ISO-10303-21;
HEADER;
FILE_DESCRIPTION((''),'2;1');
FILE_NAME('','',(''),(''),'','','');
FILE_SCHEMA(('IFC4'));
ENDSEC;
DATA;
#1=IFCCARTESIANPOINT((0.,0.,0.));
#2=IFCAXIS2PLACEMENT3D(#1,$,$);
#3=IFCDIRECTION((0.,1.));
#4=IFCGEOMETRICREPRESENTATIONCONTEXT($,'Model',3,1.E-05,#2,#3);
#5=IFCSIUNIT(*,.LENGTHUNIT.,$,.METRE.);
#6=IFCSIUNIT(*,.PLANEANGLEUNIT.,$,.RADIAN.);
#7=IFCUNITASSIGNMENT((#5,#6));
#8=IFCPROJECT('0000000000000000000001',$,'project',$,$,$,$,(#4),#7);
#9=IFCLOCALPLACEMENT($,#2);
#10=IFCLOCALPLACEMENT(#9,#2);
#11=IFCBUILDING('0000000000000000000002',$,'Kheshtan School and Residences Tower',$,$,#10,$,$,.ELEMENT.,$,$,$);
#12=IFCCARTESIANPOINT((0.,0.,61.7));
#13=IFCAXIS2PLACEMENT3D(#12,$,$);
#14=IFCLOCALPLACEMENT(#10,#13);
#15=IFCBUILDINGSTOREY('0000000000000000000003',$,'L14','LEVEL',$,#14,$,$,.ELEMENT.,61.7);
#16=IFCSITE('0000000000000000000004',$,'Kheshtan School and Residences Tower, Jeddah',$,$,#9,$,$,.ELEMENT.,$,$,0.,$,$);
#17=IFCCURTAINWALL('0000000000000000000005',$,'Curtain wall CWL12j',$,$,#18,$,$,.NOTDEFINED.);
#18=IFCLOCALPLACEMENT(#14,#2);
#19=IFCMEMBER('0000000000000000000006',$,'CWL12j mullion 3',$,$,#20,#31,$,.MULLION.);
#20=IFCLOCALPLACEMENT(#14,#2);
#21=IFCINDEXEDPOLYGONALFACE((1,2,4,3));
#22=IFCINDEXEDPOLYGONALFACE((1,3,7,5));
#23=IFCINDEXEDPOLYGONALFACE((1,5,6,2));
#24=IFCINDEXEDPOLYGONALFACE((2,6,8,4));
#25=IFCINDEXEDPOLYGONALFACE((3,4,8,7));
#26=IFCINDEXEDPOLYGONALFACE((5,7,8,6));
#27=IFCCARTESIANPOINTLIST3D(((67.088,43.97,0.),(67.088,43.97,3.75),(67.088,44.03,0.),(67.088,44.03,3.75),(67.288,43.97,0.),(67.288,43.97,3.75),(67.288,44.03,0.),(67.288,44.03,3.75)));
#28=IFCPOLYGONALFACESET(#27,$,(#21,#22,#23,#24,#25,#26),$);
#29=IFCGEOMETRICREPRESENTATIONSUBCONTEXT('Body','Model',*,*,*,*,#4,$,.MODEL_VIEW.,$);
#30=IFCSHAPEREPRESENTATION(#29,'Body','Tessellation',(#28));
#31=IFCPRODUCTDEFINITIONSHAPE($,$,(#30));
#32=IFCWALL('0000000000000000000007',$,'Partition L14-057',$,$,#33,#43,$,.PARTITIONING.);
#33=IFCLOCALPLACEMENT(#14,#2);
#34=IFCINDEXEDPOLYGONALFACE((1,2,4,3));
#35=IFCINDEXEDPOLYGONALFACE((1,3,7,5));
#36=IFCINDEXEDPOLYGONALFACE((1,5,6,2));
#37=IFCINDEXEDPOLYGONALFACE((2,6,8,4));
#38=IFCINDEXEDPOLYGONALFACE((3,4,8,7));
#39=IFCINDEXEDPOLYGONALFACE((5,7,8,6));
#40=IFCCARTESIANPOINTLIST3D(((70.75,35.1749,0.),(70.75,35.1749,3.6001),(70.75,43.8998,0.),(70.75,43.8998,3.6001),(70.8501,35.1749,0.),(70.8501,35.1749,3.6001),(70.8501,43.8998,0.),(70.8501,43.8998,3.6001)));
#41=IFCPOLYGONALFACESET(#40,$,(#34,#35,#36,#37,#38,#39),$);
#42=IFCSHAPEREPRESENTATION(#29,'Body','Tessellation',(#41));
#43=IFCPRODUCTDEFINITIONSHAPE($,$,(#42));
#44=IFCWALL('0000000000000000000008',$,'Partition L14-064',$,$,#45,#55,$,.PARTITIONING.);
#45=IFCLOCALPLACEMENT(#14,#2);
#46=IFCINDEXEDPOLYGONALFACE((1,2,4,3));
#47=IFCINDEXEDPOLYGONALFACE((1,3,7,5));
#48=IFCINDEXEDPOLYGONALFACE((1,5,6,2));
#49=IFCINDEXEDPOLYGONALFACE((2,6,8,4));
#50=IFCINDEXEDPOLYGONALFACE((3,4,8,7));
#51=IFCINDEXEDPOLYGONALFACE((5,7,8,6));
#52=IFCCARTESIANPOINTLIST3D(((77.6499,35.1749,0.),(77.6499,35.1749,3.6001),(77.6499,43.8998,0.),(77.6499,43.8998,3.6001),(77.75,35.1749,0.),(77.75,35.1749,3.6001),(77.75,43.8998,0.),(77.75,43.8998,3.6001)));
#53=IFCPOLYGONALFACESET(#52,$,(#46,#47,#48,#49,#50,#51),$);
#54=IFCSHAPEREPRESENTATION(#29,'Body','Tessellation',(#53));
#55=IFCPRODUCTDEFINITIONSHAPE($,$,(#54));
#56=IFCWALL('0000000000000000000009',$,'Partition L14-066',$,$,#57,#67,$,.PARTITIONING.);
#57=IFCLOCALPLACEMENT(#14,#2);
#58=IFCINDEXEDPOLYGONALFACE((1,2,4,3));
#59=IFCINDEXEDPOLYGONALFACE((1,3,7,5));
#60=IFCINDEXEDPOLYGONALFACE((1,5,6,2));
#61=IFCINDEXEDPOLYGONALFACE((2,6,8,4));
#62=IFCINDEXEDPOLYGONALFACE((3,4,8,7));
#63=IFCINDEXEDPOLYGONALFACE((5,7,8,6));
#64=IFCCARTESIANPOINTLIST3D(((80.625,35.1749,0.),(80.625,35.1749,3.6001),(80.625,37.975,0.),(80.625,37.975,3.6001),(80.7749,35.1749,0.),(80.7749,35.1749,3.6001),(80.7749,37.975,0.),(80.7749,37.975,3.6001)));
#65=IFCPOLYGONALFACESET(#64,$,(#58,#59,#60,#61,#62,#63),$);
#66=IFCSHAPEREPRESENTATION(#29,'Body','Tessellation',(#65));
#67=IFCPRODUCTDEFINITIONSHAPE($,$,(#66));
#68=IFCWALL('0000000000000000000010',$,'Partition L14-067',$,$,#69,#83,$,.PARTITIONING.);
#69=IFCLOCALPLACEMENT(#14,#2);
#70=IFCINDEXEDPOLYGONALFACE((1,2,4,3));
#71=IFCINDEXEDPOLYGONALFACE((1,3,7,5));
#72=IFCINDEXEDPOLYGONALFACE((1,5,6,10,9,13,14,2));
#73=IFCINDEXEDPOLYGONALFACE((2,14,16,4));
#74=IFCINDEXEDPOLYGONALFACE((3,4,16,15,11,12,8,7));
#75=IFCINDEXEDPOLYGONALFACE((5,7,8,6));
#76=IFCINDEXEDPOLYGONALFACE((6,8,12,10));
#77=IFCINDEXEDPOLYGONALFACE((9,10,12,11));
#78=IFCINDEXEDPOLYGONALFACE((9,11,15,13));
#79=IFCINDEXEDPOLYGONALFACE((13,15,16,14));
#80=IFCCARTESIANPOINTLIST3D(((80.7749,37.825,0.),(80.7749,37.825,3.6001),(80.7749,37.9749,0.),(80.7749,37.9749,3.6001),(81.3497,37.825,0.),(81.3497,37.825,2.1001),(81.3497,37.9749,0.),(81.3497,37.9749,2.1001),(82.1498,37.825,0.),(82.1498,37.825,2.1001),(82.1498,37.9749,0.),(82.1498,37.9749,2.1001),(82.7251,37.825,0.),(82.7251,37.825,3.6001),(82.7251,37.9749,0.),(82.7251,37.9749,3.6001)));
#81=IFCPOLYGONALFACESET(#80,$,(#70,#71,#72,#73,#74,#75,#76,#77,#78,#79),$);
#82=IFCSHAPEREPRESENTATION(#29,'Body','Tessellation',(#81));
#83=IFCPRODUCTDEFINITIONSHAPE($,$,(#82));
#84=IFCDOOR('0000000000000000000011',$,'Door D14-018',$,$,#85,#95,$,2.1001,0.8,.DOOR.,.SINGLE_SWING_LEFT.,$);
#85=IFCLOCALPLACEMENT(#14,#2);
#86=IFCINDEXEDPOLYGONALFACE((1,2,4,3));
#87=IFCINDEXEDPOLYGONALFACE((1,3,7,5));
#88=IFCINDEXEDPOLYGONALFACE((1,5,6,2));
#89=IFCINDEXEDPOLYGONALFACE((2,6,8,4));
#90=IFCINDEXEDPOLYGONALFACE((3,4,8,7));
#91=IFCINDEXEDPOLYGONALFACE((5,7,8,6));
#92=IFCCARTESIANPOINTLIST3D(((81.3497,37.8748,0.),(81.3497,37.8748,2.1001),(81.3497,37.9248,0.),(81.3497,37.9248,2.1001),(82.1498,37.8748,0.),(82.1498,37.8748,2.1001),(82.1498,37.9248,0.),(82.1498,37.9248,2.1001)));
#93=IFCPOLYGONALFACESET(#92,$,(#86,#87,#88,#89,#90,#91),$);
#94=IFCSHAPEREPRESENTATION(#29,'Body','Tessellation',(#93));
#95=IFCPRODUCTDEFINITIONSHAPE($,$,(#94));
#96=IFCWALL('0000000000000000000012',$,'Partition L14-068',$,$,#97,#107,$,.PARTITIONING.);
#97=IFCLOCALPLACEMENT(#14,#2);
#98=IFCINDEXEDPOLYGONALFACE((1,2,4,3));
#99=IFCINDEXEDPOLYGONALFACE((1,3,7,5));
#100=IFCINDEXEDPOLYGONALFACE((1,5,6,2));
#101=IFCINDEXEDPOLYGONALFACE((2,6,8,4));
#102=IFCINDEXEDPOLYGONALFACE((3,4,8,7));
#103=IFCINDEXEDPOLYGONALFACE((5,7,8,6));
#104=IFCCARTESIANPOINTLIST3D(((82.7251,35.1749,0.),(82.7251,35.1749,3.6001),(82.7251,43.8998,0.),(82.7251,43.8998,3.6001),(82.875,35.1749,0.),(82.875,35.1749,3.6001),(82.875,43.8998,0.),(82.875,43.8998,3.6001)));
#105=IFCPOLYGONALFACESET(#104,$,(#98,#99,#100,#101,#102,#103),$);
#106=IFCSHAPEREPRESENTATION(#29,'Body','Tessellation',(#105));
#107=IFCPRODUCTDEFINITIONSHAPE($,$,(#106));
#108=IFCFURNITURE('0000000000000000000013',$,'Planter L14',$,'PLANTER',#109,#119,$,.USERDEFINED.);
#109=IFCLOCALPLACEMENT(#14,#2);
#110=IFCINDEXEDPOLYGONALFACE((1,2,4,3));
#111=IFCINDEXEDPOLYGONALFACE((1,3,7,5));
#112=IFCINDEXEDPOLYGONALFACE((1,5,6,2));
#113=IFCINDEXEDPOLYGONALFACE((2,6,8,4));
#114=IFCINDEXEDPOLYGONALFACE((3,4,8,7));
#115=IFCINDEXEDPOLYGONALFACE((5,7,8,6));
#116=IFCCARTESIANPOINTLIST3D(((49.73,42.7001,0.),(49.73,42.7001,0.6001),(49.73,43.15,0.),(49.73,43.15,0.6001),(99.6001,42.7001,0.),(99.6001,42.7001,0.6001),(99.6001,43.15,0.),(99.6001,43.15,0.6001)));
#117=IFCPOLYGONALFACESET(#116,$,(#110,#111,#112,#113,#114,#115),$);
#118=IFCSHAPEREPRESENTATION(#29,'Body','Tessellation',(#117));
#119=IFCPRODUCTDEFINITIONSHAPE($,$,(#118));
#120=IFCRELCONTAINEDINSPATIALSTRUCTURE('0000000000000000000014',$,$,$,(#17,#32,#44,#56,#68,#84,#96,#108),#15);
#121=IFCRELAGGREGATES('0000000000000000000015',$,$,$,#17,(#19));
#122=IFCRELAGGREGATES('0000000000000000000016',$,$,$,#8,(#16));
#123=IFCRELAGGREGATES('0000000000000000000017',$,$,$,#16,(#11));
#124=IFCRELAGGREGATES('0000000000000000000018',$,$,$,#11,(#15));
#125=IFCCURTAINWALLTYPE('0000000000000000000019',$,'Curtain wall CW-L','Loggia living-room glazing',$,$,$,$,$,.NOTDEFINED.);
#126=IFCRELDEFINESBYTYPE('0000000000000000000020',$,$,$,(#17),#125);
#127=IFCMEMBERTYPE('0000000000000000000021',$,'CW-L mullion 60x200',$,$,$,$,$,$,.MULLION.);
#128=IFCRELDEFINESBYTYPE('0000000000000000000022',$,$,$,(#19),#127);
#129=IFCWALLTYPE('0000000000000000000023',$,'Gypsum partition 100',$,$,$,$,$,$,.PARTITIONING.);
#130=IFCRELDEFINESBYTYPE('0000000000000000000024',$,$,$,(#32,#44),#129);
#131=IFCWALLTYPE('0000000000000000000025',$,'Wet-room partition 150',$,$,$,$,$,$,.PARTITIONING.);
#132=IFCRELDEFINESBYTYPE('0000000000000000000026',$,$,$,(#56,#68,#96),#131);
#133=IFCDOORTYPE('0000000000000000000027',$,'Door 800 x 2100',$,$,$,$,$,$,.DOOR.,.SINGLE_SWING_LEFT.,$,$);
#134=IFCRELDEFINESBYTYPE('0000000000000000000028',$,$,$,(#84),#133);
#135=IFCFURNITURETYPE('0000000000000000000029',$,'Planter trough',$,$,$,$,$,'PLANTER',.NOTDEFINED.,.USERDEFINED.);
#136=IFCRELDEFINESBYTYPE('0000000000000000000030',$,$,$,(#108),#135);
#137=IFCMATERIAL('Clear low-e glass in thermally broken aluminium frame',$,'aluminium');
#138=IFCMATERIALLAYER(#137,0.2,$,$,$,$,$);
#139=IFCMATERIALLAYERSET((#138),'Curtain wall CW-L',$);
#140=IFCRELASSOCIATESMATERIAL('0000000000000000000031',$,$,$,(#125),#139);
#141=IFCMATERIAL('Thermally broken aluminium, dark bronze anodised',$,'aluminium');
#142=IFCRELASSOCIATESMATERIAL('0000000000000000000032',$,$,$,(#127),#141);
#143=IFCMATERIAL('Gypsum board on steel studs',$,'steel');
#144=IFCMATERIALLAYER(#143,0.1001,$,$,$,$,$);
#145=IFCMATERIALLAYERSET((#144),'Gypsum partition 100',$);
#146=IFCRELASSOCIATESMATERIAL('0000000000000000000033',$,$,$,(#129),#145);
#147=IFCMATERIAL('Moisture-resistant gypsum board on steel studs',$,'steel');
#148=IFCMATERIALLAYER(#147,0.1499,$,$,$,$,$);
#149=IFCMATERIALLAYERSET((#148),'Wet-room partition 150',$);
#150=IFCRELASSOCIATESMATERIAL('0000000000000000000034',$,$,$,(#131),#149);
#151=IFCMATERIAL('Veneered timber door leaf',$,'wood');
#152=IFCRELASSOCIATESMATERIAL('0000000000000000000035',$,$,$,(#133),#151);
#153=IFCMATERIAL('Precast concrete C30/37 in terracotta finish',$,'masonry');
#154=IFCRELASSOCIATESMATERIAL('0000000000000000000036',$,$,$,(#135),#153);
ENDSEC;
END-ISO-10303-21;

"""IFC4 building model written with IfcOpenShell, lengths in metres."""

from ifc_helpers import new_model, si_unit, direction, frame, frame_2d, origin, origin_2d, place, context, subcontext, project, spatial, rectangle, extrude, source, transform, mapped, material, layer, layer_set, material_profile, profile_set, type_object, element, fill, aggregate, save


model = new_model("IFC4")

# Units and contexts
model_context = context("Model", 3, precision=1e-05, world=origin(), true_north=direction((0.0, 1.0)))
body_context = subcontext(model_context, "Body", "Model", "MODEL_VIEW")
ifc_project = project(units=[si_unit("LENGTHUNIT", "METRE"), si_unit("PLANEANGLEUNIT", "RADIAN")], contexts=[model_context])

# Site, building, storey
site_placement = place(None, origin())
site = spatial("IfcSite", under=ifc_project, at=site_placement, Name="Kheshtan School and Residences Tower, Jeddah", CompositionType="ELEMENT", RefElevation=0.0)
building_placement = place(site_placement, origin())
building = spatial("IfcBuilding", under=site, at=building_placement, Name="Kheshtan School and Residences Tower", CompositionType="ELEMENT")
storey_placement = place(building_placement, frame((0.0, 0.0, 61.7)))
storey = spatial("IfcBuildingStorey", under=building, at=storey_placement, Name="L14", Description="LEVEL", CompositionType="ELEMENT", Elevation=61.7)

# Curtain wall, member
ifc_material_1 = material(Name="Clear low-e glass in thermally broken aluminium frame", Category="aluminium")
ifc_layer_1 = layer(ifc_material_1, 0.2)
ifc_layer_set_1 = layer_set([ifc_layer_1], Name="Curtain wall CW-L")
curtain_wall_type = type_object("IfcCurtainWallType", Name="Curtain wall CW-L", Description="Loggia living-room glazing", PredefinedType="NOTDEFINED", material=ifc_layer_set_1)
curtain_wall_placement = place(storey_placement, origin())
curtain_wall = element("IfcCurtainWall", 1, at=curtain_wall_placement, inside=storey, type_object=curtain_wall_type, Name="Curtain wall CWL12j", PredefinedType="NOTDEFINED")
ifc_material_2 = material(Name="Thermally broken aluminium, dark bronze anodised", Category="aluminium")
ifc_material_profile_1 = material_profile(ifc_material_2, rectangle(XDim=0.0601, YDim=0.2, at=origin_2d()), Name="CW-L mullion 60x200")
ifc_profile_set_1 = profile_set([ifc_material_profile_1], Name="Thermally broken aluminium, dark bronze anodised")
member_type = type_object("IfcMemberType", Name="CW-L mullion 60x200", PredefinedType="MULLION", material=ifc_profile_set_1)
member_placement = place(storey_placement, frame((67.188, 44.0, 0.0), z_axis=(0.0, 0.0, 1.0), x_axis=(0.0, 1.0, 0.0)))
member = element("IfcMember", 2, at=member_placement, type_object=member_type, Name="CWL12j mullion 3", PredefinedType="MULLION", context=body_context, shape_type="SweptSolid", body=[
    extrude(rectangle(XDim=0.0601, YDim=0.2, at=origin_2d()), origin(), (0.0, 0.0, 1.0), 3.75),
])
aggregate(curtain_wall, [member])

# Walls
ifc_material_3 = material(Name="Gypsum board on steel studs", Category="steel")
ifc_layer_2 = layer(ifc_material_3, 0.1001)
ifc_layer_set_2 = layer_set([ifc_layer_2], Name="Gypsum partition 100")
wall_type_1 = type_object("IfcWallType", Name="Gypsum partition 100", PredefinedType="PARTITIONING", material=ifc_layer_set_2)
for number, where, z_axis, x_axis, name in (
    (3, (70.8, 35.175, 0.0), (0.0, 0.0, 1.0), (0.0, 1.0, 0.0), "Partition L14-057"),
    (4, (77.7, 35.175, 0.0), (0.0, 0.0, 1.0), (0.0, 1.0, 0.0), "Partition L14-064"),
):
    element("IfcWall", number, at=place(storey_placement, frame(where, z_axis=z_axis, x_axis=x_axis)), inside=storey, type_object=wall_type_1, Name=name, PredefinedType="PARTITIONING", context=body_context, shape_type="SweptSolid", body=[
        extrude(rectangle(XDim=8.7249, YDim=0.1001, at=frame_2d((4.3623, 0.0))), origin(), (0.0, 0.0, 1.0), 3.6001),
    ])
ifc_material_4 = material(Name="Moisture-resistant gypsum board on steel studs", Category="steel")
ifc_layer_3 = layer(ifc_material_4, 0.1499)
ifc_layer_set_3 = layer_set([ifc_layer_3], Name="Wet-room partition 150")
wall_type_2 = type_object("IfcWallType", Name="Wet-room partition 150", PredefinedType="PARTITIONING", material=ifc_layer_set_3)
wall_1_placement = place(storey_placement, frame((80.7, 35.175, 0.0), z_axis=(0.0, 0.0, 1.0), x_axis=(0.0, 1.0, 0.0)))
element("IfcWall", 5, at=wall_1_placement, inside=storey, type_object=wall_type_2, Name="Partition L14-066", PredefinedType="PARTITIONING", context=body_context, shape_type="SweptSolid", body=[
    extrude(rectangle(XDim=2.8, YDim=0.1499, at=frame_2d((1.3999, 0.0))), origin(), (0.0, 0.0, 1.0), 3.6001),
])

# Wall, opening, door
wall_2_placement = place(storey_placement, frame((80.7749, 37.8999, 0.0), z_axis=(0.0, 0.0, 1.0), x_axis=(1.0, 0.0, 0.0)))
wall_2 = element("IfcWall", 6, at=wall_2_placement, inside=storey, type_object=wall_type_2, Name="Partition L14-067", PredefinedType="PARTITIONING", context=body_context, shape_type="SweptSolid", body=[
    extrude(rectangle(XDim=1.9502, YDim=0.1499, at=frame_2d((0.9751, 0.0))), origin(), (0.0, 0.0, 1.0), 3.6001),
])
opening_1_placement = place(wall_2_placement, frame((0.575, 0.0, 0.0)))
opening_1 = element("IfcOpeningElement", 7, at=opening_1_placement, cuts=wall_2, PredefinedType="OPENING", context=body_context, shape_type="SweptSolid", body=[
    extrude(rectangle(XDim=0.8, YDim=2.1001, at=frame_2d((0.3999, 1.05))), frame((0.0, 0.085, 0.0), z_axis=(0.0, -1.0, 0.0), x_axis=(1.0, 0.0, 0.0)), (0.0, 0.0, 1.0), 0.1699),
])
ifc_material_5 = material(Name="Veneered timber door leaf", Category="wood")
door_type_1 = type_object("IfcDoorType", Name="Door 800 x 2100", OperationType="SINGLE_SWING_LEFT", PredefinedType="DOOR", material=ifc_material_5)
shared_shape_1 = source(origin(), body_context, "Body", "SweptSolid", [
    extrude(rectangle(XDim=0.8, YDim=2.1001, at=frame_2d((0.3999, 1.05))), frame((0.0, 0.0249, 0.0), z_axis=(0.0, -1.0, 0.0), x_axis=(1.0, 0.0, 0.0)), (0.0, 0.0, 1.0), 0.05),
])
door_1_placement = place(opening_1_placement, origin())
door_1 = element("IfcDoor", 8, at=door_1_placement, inside=storey, type_object=door_type_1, Name="Door D14-018", OperationType="SINGLE_SWING_LEFT", OverallHeight=2.1001, OverallWidth=0.8, PredefinedType="DOOR", context=body_context, shape_type="MappedRepresentation", body=[
    mapped(shared_shape_1, transform((0.0, 0.0, 0.0), x_axis=(1.0, 0.0, 0.0), y_axis=(0.0, 1.0, 0.0), z_axis=(0.0, 0.0, 1.0), scale=1.0)),
])
fill(opening_1, door_1)

# Wall
wall_3_placement = place(storey_placement, frame((82.8, 35.175, 0.0), z_axis=(0.0, 0.0, 1.0), x_axis=(0.0, 1.0, 0.0)))
element("IfcWall", 9, at=wall_3_placement, inside=storey, type_object=wall_type_2, Name="Partition L14-068", PredefinedType="PARTITIONING", context=body_context, shape_type="SweptSolid", body=[
    extrude(rectangle(XDim=8.7249, YDim=0.1499, at=frame_2d((4.3623, 0.0))), origin(), (0.0, 0.0, 1.0), 3.6001),
])

# Furniture
ifc_material_6 = material(Name="Precast concrete C30/37 in terracotta finish", Category="masonry")
furniture_type = type_object("IfcFurnitureType", Name="Planter trough", ElementType="PLANTER", AssemblyPlace="NOTDEFINED", PredefinedType="USERDEFINED", material=ifc_material_6)
furniture_placement = place(storey_placement, frame((74.665, 42.925, 0.0), z_axis=(0.0, 0.0, 1.0), x_axis=(1.0, 0.0, 0.0)))
element("IfcFurniture", 10, at=furniture_placement, inside=storey, type_object=furniture_type, Name="Planter L14", ObjectType="PLANTER", PredefinedType="USERDEFINED", context=body_context, shape_type="SweptSolid", body=[
    extrude(rectangle(XDim=49.8701, YDim=0.45, at=origin_2d()), origin(), (0.0, 0.0, 1.0), 0.6001),
])

save(model, "model.ifc")
